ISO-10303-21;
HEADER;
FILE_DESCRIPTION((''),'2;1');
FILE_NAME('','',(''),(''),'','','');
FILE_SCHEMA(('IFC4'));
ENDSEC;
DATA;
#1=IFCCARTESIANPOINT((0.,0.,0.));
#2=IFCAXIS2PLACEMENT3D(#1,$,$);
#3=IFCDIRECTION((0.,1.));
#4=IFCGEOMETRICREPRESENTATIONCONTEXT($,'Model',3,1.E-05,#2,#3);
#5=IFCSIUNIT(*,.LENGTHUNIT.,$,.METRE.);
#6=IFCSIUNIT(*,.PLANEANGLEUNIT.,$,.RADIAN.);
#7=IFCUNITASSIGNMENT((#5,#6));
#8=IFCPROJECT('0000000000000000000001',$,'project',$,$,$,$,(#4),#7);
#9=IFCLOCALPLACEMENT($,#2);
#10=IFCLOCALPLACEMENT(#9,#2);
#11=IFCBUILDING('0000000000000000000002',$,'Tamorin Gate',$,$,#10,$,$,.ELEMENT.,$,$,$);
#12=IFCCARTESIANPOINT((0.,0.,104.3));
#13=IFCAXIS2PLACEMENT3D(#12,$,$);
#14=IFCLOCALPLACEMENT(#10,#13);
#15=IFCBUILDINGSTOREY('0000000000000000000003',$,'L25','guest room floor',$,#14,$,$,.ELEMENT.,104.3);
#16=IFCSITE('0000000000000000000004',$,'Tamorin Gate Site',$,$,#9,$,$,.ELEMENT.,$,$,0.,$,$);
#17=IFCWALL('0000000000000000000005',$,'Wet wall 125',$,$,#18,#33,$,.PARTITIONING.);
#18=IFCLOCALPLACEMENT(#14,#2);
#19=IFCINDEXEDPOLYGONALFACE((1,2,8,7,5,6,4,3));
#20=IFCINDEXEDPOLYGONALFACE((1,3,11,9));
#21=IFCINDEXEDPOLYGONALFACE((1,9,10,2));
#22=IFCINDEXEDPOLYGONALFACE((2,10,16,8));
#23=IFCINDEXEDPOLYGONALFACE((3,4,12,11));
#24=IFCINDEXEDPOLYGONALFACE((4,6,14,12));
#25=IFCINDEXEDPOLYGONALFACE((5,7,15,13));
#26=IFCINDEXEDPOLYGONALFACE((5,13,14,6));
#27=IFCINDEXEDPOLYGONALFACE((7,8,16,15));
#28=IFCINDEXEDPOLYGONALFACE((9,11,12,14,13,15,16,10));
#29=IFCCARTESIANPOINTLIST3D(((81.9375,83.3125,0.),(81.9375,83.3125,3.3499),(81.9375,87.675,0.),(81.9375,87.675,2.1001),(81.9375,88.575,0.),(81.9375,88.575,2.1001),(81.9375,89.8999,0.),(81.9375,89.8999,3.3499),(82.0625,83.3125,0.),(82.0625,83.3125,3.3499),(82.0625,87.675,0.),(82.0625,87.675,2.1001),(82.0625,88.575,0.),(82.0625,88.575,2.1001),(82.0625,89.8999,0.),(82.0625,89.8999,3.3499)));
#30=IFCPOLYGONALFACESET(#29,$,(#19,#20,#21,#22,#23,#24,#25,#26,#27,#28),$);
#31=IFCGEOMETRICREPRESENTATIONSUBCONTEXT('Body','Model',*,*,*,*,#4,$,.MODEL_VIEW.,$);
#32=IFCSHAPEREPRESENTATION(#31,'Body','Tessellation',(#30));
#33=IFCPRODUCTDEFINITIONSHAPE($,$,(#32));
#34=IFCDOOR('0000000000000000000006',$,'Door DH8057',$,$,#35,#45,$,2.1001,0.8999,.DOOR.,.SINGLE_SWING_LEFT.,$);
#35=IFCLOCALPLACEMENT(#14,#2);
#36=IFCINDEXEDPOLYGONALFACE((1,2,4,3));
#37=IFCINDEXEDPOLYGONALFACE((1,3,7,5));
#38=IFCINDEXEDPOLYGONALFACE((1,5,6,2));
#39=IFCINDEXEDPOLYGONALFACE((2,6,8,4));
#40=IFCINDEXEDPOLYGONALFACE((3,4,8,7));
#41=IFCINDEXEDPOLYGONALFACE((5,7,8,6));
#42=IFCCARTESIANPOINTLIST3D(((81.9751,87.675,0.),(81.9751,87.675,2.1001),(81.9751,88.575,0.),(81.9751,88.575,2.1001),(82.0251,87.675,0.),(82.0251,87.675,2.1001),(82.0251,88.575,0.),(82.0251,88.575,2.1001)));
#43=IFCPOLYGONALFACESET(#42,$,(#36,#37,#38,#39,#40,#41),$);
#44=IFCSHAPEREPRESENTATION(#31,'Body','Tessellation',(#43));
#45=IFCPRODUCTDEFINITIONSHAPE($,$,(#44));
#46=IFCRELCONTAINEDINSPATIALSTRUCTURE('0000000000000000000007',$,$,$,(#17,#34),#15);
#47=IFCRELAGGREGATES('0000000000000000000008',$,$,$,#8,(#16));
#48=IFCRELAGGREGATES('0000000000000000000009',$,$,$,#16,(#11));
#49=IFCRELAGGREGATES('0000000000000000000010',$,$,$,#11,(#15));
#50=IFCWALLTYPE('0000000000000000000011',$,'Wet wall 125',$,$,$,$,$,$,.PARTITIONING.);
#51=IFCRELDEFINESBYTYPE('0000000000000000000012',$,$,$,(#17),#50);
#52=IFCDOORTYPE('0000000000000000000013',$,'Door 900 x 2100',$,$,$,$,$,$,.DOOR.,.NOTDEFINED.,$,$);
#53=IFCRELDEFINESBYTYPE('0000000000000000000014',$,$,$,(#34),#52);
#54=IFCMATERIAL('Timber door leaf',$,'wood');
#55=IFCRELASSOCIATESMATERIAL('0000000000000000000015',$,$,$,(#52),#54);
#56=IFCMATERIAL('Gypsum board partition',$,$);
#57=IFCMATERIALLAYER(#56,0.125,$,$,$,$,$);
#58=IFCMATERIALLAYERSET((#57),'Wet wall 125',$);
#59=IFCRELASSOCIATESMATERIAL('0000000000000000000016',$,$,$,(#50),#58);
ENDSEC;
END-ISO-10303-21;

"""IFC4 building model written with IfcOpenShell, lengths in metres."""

from ifc_helpers import new_model, si_unit, direction, frame, frame_2d, origin, place, context, subcontext, project, spatial, rectangle, extrude, material, layer, layer_set, type_object, element, fill, save


model = new_model("IFC4")

# Units and contexts
model_context = context("Model", 3, precision=1e-05, world=origin(), true_north=direction((0.0, 1.0)))
body_context = subcontext(model_context, "Body", "Model", "MODEL_VIEW")
ifc_project = project(units=[si_unit("LENGTHUNIT", "METRE"), si_unit("PLANEANGLEUNIT", "RADIAN")], contexts=[model_context])

# Site, building, storey
site_placement = place(None, origin())
site = spatial("IfcSite", under=ifc_project, at=site_placement, Name="Tamorin Gate Site", CompositionType="ELEMENT", RefElevation=0.0)
building_placement = place(site_placement, origin())
building = spatial("IfcBuilding", under=site, at=building_placement, Name="Tamorin Gate", CompositionType="ELEMENT")
storey_placement = place(building_placement, frame((0.0, 0.0, 104.3)))
storey = spatial("IfcBuildingStorey", under=building, at=storey_placement, Name="L25", Description="guest room floor", CompositionType="ELEMENT", Elevation=104.3)

# Shared definitions
ifc_material_1 = material(Name="Gypsum board partition")
ifc_material_2 = material(Name="Timber door leaf", Category="wood")
door_type = type_object("IfcDoorType", Name="Door 900 x 2100", OperationType="NOTDEFINED", PredefinedType="DOOR", material=ifc_material_2)

# Shared definitions
ifc_layer_1 = layer(ifc_material_1, 0.125)
ifc_layer_set_1 = layer_set([ifc_layer_1], Name="Wet wall 125")
wall_type_1 = type_object("IfcWallType", Name="Wet wall 125", PredefinedType="PARTITIONING", material=ifc_layer_set_1)

# Wall, opening, door
wall_1_placement = place(storey_placement, frame((82.0, 83.3125, 0.0), z_axis=(0.0, 0.0, 1.0), x_axis=(0.0, 1.0, 0.0)))
wall_1 = element("IfcWall", 1, at=wall_1_placement, inside=storey, type_object=wall_type_1, Name="Wet wall 125", PredefinedType="PARTITIONING", context=body_context, shape_type="SweptSolid", body=[
    extrude(rectangle(XDim=6.5874, YDim=0.125, at=frame_2d((3.2937, 0.0))), origin(), (0.0, 0.0, 1.0), 3.3499),
])
opening_1_placement = place(wall_1_placement, frame((4.3625, 0.0, 0.0)))
opening_1 = element("IfcOpeningElement", 2, at=opening_1_placement, cuts=wall_1, PredefinedType="OPENING", context=body_context, shape_type="SweptSolid", body=[
    extrude(rectangle(XDim=0.8999, YDim=2.1001, at=frame_2d((0.45, 1.05))), frame((0.0, 0.0725, 0.0), z_axis=(0.0, -1.0, 0.0), x_axis=(1.0, 0.0, 0.0)), (0.0, 0.0, 1.0), 0.145),
])
door_1_placement = place(opening_1_placement, origin())
door_1 = element("IfcDoor", 3, at=door_1_placement, inside=storey, type_object=door_type, Name="Door DH8057", OperationType="SINGLE_SWING_LEFT", OverallHeight=2.1001, OverallWidth=0.8999, PredefinedType="DOOR", context=body_context, shape_type="SweptSolid", body=[
    extrude(rectangle(XDim=0.8999, YDim=2.1001, at=frame_2d((0.45, 1.05))), frame((0.0, 0.0249, 0.0), z_axis=(0.0, -1.0, 0.0), x_axis=(1.0, 0.0, 0.0)), (0.0, 0.0, 1.0), 0.05),
])
fill(opening_1, door_1)

save(model, "model.ifc")
